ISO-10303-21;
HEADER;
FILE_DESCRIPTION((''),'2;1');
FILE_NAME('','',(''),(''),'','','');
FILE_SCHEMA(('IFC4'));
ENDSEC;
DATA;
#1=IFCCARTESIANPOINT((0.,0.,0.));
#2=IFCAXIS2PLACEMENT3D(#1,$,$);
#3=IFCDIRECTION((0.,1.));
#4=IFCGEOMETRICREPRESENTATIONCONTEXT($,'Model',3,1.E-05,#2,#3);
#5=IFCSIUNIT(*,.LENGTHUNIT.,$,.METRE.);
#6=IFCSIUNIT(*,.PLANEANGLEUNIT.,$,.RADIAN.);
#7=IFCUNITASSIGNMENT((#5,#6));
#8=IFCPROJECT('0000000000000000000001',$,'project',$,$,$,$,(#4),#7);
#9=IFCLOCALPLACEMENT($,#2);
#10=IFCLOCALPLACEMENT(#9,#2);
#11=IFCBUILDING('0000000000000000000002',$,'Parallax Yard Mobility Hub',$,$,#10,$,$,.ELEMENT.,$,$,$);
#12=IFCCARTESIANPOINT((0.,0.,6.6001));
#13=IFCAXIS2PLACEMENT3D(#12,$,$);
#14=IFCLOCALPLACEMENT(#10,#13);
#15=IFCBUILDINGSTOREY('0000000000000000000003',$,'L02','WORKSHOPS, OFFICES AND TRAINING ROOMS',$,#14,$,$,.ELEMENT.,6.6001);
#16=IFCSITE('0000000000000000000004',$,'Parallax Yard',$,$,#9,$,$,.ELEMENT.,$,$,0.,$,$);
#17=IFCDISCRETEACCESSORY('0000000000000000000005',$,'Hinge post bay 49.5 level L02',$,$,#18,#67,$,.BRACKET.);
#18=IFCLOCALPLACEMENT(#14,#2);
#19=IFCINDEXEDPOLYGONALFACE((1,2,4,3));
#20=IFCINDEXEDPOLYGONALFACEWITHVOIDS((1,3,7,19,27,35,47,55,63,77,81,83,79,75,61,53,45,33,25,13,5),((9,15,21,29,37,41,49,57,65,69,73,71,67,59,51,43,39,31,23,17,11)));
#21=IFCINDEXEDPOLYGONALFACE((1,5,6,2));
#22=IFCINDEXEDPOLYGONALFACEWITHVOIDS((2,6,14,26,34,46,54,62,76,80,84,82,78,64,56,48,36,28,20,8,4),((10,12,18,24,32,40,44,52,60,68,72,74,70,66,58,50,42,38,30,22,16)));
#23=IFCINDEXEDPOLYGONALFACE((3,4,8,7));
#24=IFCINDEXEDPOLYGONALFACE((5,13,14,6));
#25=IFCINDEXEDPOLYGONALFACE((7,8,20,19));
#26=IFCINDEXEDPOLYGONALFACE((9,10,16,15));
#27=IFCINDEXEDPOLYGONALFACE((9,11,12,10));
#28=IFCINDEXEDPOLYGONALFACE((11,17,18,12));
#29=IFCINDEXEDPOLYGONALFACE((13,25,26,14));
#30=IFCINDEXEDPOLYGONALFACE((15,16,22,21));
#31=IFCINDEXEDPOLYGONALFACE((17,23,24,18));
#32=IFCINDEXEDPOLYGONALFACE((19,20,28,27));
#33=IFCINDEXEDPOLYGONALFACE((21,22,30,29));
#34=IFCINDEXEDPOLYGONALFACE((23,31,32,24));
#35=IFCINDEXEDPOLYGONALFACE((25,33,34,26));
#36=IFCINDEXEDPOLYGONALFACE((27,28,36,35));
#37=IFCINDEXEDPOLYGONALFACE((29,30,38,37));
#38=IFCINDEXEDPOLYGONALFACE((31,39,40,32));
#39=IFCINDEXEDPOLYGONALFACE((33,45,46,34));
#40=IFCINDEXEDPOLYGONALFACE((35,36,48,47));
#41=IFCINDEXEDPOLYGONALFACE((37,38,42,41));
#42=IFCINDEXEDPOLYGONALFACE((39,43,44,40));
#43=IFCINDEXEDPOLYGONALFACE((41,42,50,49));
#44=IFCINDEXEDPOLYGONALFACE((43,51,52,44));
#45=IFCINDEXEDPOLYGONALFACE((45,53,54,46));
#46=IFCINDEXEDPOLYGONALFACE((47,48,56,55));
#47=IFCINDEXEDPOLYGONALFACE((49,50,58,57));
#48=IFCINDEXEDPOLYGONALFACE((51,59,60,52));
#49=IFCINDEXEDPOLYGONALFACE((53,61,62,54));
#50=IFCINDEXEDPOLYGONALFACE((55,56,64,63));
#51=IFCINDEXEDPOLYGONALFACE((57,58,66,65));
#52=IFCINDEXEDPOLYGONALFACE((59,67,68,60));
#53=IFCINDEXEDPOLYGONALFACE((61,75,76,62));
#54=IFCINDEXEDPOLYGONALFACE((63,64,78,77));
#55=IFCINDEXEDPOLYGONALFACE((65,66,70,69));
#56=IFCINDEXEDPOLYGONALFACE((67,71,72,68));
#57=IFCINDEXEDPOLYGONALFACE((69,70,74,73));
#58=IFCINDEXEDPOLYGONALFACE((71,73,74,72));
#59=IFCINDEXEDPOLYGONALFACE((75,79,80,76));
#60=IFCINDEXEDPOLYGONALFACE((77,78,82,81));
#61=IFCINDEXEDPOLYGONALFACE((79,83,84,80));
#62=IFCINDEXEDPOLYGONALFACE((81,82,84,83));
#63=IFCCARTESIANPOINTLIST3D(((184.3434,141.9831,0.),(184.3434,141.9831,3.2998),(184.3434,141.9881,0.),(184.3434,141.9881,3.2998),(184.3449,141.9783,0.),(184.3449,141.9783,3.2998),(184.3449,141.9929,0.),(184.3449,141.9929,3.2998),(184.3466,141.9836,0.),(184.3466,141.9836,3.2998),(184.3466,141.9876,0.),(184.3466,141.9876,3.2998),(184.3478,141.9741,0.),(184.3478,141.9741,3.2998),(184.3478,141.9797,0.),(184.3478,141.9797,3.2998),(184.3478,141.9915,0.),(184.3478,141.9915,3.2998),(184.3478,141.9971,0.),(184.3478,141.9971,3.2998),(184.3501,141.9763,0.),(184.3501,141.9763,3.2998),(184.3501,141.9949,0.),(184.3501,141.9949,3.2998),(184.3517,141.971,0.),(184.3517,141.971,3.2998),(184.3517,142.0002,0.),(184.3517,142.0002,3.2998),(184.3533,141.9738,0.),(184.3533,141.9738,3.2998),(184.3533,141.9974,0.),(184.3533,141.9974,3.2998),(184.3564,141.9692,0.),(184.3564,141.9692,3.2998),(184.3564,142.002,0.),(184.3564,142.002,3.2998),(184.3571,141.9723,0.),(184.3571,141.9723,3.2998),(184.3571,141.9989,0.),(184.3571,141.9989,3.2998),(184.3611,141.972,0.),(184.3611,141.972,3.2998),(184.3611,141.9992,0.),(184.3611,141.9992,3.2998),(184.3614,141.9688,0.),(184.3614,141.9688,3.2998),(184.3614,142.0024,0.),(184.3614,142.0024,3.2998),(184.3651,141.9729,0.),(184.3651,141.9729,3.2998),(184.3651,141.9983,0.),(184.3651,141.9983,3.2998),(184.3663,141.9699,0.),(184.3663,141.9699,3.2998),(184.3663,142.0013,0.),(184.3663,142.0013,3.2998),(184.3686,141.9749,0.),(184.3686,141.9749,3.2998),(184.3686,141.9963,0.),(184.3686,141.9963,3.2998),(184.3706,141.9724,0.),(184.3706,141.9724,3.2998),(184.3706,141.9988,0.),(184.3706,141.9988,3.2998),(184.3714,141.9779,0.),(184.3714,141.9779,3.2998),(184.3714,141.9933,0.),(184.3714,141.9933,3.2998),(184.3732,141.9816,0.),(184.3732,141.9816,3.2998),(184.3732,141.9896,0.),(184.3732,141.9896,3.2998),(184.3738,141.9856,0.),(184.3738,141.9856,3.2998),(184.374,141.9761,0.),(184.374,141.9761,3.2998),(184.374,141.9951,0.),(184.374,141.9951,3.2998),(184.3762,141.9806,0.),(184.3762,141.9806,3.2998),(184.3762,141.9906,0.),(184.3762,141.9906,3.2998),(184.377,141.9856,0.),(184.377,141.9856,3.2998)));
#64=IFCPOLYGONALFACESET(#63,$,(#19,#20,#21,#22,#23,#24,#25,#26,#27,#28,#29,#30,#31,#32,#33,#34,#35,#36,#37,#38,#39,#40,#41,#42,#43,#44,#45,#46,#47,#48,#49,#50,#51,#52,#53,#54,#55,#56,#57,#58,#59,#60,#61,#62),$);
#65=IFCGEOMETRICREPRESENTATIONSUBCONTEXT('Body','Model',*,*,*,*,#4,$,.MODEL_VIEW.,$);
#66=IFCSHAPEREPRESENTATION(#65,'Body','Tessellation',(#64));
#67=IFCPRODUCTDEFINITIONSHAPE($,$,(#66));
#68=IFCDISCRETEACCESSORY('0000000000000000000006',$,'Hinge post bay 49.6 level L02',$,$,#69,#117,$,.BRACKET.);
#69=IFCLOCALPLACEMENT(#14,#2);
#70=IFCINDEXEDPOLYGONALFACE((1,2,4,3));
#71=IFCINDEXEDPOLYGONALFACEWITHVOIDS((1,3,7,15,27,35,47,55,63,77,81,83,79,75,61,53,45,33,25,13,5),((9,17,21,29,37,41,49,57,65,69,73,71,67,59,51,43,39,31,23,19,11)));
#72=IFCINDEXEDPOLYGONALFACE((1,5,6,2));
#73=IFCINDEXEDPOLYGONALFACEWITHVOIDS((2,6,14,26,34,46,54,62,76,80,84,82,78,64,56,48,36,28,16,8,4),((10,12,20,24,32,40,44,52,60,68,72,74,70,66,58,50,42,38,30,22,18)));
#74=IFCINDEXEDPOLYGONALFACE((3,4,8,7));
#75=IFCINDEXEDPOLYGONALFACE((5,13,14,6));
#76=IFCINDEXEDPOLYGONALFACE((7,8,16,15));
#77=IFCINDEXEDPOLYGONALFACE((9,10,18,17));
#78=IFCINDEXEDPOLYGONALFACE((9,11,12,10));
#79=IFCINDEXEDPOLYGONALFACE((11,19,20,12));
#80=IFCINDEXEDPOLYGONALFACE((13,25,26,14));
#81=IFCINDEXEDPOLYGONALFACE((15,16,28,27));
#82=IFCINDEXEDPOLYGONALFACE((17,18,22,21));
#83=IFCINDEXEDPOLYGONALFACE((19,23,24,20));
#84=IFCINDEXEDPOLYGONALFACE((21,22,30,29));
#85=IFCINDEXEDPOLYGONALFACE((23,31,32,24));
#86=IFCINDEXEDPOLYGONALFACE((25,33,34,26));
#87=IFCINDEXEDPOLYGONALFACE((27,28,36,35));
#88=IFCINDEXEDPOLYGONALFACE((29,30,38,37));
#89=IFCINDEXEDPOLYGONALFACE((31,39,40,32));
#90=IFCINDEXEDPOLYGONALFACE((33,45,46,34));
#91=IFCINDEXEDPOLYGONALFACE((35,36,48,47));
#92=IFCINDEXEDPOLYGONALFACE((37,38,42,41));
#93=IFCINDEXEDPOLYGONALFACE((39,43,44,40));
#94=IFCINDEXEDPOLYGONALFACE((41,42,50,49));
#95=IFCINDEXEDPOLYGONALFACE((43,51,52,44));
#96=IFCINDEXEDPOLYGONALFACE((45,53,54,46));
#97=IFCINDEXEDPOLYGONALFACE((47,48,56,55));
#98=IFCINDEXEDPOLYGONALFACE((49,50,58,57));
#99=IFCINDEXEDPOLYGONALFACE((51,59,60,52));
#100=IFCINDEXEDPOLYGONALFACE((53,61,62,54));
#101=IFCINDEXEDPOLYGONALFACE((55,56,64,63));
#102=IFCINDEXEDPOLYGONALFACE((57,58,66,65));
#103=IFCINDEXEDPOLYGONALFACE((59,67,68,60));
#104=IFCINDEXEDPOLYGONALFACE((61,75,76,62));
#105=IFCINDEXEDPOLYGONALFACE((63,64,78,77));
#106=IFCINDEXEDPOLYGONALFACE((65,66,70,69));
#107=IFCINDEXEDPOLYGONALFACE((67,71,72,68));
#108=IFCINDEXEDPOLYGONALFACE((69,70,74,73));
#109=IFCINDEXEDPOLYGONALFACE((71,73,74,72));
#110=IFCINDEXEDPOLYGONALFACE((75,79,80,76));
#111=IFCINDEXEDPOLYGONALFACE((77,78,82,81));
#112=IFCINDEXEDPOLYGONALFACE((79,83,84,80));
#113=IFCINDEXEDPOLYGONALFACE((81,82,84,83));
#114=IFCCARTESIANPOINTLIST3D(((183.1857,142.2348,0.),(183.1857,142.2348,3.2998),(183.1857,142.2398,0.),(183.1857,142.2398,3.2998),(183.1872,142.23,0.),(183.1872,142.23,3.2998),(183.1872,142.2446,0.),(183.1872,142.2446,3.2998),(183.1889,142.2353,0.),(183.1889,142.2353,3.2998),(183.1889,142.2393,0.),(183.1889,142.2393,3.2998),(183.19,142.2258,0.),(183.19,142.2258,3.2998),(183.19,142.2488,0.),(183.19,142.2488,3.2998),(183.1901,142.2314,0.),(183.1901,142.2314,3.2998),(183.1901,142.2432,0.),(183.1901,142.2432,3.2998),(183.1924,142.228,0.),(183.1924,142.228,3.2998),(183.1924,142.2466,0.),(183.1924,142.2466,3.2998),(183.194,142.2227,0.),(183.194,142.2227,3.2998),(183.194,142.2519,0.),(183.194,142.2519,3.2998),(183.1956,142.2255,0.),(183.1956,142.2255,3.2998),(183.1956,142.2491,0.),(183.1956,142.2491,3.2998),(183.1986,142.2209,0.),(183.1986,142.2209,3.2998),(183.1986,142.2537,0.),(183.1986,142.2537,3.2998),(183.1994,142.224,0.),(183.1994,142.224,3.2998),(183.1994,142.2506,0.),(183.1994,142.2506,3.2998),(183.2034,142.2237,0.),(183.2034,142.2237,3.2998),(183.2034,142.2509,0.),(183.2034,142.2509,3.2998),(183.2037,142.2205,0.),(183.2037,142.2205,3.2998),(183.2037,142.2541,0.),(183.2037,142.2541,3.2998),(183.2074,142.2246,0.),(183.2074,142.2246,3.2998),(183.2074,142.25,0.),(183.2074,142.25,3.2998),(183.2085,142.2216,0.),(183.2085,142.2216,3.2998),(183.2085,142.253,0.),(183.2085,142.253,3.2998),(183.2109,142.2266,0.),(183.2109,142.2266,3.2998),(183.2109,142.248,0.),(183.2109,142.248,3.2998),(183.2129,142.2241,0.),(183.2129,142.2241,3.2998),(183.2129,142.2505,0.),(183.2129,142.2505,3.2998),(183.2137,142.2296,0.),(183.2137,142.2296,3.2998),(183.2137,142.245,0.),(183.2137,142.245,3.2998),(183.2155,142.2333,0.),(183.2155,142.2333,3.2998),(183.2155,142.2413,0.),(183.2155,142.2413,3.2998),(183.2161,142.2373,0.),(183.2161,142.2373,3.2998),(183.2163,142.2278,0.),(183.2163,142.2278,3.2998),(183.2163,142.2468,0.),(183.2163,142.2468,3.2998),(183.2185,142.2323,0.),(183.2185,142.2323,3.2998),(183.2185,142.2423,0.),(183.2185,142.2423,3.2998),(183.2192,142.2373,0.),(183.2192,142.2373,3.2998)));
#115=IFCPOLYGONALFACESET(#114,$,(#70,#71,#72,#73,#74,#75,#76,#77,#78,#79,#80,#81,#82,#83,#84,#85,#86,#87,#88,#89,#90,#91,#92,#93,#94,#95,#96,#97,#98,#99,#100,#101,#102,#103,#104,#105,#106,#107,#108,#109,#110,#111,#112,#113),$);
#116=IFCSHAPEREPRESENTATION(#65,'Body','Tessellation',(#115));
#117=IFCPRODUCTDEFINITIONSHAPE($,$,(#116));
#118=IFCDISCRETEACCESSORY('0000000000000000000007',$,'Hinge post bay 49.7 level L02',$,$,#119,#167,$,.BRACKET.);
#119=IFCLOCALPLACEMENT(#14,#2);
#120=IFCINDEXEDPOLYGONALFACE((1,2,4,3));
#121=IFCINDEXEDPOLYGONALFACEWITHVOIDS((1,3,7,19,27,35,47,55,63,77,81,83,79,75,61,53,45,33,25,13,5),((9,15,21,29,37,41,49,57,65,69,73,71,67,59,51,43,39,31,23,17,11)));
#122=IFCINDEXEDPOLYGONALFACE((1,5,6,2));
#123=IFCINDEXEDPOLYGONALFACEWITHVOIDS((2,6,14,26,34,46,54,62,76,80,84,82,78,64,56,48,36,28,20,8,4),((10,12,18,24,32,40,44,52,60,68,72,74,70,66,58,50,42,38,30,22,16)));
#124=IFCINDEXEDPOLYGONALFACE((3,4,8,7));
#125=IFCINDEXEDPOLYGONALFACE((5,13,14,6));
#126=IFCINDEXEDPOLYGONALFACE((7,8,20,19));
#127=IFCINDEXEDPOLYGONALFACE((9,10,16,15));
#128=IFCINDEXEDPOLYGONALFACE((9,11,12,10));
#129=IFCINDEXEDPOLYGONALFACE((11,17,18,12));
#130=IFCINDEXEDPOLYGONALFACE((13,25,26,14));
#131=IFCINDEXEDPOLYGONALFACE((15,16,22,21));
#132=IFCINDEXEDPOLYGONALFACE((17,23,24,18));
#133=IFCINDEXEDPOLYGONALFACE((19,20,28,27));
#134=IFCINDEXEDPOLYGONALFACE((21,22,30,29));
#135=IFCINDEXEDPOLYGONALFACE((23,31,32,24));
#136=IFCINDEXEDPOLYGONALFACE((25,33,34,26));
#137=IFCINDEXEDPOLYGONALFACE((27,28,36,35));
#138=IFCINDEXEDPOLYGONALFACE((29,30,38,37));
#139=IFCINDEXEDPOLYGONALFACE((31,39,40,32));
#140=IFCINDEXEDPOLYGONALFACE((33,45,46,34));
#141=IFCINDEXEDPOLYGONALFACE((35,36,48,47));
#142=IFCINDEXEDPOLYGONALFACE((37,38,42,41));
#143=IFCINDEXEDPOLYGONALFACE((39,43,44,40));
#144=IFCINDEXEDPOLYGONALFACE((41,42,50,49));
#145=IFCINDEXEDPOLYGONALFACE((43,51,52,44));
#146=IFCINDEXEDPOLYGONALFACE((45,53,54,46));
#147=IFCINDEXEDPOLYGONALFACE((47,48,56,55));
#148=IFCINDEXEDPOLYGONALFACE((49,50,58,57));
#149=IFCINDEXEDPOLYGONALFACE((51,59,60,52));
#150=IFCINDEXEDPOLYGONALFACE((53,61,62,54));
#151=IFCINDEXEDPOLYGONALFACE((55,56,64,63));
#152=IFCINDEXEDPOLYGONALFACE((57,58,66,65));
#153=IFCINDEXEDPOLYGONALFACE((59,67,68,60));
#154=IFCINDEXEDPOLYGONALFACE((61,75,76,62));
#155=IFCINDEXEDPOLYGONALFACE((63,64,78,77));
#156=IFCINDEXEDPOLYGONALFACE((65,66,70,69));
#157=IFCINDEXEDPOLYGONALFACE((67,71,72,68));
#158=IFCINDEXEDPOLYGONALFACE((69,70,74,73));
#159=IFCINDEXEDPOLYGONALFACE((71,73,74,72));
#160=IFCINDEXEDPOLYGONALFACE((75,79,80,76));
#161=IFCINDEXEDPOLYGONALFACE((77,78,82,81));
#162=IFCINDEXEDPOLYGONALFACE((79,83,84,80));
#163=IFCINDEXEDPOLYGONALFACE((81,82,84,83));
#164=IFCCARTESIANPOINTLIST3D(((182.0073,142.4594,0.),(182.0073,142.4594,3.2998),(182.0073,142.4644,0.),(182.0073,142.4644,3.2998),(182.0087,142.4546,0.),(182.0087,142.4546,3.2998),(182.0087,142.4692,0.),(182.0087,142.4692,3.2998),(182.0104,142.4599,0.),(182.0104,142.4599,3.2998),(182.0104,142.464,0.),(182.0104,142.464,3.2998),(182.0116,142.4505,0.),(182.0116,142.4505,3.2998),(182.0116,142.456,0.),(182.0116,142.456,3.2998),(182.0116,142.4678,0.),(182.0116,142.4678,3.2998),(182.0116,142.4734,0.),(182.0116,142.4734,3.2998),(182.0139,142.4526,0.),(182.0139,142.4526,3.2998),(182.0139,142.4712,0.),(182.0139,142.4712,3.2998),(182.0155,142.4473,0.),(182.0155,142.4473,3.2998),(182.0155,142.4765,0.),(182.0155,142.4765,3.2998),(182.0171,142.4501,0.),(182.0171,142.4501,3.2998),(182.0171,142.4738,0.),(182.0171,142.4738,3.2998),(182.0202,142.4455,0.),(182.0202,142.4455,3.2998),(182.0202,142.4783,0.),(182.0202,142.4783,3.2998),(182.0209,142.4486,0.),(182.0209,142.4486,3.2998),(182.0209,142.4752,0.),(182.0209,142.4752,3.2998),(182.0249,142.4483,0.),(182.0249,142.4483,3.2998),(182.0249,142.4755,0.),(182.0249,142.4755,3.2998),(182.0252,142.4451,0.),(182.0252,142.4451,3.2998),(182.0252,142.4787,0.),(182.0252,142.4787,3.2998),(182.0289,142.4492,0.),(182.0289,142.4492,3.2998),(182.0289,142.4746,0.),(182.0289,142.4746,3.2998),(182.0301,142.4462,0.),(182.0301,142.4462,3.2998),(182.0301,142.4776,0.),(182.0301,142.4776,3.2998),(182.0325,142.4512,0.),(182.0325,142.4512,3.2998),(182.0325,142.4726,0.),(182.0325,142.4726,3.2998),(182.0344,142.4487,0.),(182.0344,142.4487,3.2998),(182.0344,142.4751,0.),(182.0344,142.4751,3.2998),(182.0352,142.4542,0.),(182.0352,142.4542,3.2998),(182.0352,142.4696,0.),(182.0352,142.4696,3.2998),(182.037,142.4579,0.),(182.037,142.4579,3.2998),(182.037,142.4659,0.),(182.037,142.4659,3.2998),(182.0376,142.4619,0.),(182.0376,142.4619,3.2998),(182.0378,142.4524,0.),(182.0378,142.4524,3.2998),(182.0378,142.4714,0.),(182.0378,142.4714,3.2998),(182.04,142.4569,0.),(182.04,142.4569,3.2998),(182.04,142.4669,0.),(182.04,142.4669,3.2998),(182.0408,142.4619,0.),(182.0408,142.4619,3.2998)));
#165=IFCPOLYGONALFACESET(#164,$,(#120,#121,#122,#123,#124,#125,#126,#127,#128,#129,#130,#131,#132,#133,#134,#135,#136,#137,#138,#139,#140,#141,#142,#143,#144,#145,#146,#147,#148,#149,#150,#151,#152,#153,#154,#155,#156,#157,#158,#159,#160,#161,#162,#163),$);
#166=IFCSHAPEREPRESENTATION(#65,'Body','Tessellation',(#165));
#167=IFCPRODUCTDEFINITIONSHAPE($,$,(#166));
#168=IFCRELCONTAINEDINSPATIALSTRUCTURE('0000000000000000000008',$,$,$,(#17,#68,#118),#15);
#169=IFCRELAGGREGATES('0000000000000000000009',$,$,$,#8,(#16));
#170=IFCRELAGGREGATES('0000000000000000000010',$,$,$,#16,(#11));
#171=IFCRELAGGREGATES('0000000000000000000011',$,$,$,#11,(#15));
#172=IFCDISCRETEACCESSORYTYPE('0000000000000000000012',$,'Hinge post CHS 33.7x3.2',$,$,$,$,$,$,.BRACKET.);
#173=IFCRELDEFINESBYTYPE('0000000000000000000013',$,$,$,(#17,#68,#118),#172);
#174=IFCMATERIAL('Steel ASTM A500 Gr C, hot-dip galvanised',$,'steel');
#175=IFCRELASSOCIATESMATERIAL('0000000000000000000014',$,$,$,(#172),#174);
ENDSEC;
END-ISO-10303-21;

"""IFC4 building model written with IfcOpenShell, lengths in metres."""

from ifc_helpers import new_model, si_unit, direction, frame, origin, origin_2d, place, context, subcontext, project, spatial, hollow_circle, extrude, material, material_profile, profile_set, type_object, element, save


model = new_model("IFC4")

# Units and contexts
model_context = context("Model", 3, precision=1e-05, world=origin(), true_north=direction((0.0, 1.0)))
body_context = subcontext(model_context, "Body", "Model", "MODEL_VIEW")
ifc_project = project(units=[si_unit("LENGTHUNIT", "METRE"), si_unit("PLANEANGLEUNIT", "RADIAN")], contexts=[model_context])

# Site, building, storey
site_placement = place(None, origin())
site = spatial("IfcSite", under=ifc_project, at=site_placement, Name="Parallax Yard", CompositionType="ELEMENT", RefElevation=0.0)
building_placement = place(site_placement, origin())
building = spatial("IfcBuilding", under=site, at=building_placement, Name="Parallax Yard Mobility Hub", CompositionType="ELEMENT")
storey_placement = place(building_placement, frame((0.0, 0.0, 6.6001)))
storey = spatial("IfcBuildingStorey", under=building, at=storey_placement, Name="L02", Description="WORKSHOPS, OFFICES AND TRAINING ROOMS", CompositionType="ELEMENT", Elevation=6.6001)

# Discrete accessories
ifc_material_1 = material(Name="Steel ASTM A500 Gr C, hot-dip galvanised", Category="steel")
ifc_material_profile_1 = material_profile(ifc_material_1, hollow_circle(Radius=0.0168, WallThickness=0.0032, at=origin_2d()), Name="CHS 33.7x3.2")
ifc_profile_set_1 = profile_set([ifc_material_profile_1], Name="Steel ASTM A500 Gr C, hot-dip galvanised")
discrete_accessory_type_1 = type_object("IfcDiscreteAccessoryType", Name="Hinge post CHS 33.7x3.2", PredefinedType="BRACKET", material=ifc_profile_set_1)
for number, where, z_axis, x_axis, name in (
    (1, (184.3601, 141.9856, 0.0), (0.0, 0.0, 1.0), (1.0, 0.0, 0.0), "Hinge post bay 49.5 level L02"),
    (2, (183.2024, 142.2373, 0.0), (0.0, 0.0, 1.0), (1.0, 0.0, 0.0), "Hinge post bay 49.6 level L02"),
    (3, (182.0239, 142.4619, 0.0), (0.0, 0.0, 1.0), (1.0, 0.0, 0.0), "Hinge post bay 49.7 level L02"),
):
    element("IfcDiscreteAccessory", number, at=place(storey_placement, frame(where, z_axis=z_axis, x_axis=x_axis)), inside=storey, type_object=discrete_accessory_type_1, Name=name, PredefinedType="BRACKET", context=body_context, shape_type="SweptSolid", body=[
        extrude(hollow_circle(Radius=0.0168, WallThickness=0.0032, at=origin_2d()), origin(), (0.0, 0.0, 1.0), 3.2998),
    ])

save(model, "model.ifc")
